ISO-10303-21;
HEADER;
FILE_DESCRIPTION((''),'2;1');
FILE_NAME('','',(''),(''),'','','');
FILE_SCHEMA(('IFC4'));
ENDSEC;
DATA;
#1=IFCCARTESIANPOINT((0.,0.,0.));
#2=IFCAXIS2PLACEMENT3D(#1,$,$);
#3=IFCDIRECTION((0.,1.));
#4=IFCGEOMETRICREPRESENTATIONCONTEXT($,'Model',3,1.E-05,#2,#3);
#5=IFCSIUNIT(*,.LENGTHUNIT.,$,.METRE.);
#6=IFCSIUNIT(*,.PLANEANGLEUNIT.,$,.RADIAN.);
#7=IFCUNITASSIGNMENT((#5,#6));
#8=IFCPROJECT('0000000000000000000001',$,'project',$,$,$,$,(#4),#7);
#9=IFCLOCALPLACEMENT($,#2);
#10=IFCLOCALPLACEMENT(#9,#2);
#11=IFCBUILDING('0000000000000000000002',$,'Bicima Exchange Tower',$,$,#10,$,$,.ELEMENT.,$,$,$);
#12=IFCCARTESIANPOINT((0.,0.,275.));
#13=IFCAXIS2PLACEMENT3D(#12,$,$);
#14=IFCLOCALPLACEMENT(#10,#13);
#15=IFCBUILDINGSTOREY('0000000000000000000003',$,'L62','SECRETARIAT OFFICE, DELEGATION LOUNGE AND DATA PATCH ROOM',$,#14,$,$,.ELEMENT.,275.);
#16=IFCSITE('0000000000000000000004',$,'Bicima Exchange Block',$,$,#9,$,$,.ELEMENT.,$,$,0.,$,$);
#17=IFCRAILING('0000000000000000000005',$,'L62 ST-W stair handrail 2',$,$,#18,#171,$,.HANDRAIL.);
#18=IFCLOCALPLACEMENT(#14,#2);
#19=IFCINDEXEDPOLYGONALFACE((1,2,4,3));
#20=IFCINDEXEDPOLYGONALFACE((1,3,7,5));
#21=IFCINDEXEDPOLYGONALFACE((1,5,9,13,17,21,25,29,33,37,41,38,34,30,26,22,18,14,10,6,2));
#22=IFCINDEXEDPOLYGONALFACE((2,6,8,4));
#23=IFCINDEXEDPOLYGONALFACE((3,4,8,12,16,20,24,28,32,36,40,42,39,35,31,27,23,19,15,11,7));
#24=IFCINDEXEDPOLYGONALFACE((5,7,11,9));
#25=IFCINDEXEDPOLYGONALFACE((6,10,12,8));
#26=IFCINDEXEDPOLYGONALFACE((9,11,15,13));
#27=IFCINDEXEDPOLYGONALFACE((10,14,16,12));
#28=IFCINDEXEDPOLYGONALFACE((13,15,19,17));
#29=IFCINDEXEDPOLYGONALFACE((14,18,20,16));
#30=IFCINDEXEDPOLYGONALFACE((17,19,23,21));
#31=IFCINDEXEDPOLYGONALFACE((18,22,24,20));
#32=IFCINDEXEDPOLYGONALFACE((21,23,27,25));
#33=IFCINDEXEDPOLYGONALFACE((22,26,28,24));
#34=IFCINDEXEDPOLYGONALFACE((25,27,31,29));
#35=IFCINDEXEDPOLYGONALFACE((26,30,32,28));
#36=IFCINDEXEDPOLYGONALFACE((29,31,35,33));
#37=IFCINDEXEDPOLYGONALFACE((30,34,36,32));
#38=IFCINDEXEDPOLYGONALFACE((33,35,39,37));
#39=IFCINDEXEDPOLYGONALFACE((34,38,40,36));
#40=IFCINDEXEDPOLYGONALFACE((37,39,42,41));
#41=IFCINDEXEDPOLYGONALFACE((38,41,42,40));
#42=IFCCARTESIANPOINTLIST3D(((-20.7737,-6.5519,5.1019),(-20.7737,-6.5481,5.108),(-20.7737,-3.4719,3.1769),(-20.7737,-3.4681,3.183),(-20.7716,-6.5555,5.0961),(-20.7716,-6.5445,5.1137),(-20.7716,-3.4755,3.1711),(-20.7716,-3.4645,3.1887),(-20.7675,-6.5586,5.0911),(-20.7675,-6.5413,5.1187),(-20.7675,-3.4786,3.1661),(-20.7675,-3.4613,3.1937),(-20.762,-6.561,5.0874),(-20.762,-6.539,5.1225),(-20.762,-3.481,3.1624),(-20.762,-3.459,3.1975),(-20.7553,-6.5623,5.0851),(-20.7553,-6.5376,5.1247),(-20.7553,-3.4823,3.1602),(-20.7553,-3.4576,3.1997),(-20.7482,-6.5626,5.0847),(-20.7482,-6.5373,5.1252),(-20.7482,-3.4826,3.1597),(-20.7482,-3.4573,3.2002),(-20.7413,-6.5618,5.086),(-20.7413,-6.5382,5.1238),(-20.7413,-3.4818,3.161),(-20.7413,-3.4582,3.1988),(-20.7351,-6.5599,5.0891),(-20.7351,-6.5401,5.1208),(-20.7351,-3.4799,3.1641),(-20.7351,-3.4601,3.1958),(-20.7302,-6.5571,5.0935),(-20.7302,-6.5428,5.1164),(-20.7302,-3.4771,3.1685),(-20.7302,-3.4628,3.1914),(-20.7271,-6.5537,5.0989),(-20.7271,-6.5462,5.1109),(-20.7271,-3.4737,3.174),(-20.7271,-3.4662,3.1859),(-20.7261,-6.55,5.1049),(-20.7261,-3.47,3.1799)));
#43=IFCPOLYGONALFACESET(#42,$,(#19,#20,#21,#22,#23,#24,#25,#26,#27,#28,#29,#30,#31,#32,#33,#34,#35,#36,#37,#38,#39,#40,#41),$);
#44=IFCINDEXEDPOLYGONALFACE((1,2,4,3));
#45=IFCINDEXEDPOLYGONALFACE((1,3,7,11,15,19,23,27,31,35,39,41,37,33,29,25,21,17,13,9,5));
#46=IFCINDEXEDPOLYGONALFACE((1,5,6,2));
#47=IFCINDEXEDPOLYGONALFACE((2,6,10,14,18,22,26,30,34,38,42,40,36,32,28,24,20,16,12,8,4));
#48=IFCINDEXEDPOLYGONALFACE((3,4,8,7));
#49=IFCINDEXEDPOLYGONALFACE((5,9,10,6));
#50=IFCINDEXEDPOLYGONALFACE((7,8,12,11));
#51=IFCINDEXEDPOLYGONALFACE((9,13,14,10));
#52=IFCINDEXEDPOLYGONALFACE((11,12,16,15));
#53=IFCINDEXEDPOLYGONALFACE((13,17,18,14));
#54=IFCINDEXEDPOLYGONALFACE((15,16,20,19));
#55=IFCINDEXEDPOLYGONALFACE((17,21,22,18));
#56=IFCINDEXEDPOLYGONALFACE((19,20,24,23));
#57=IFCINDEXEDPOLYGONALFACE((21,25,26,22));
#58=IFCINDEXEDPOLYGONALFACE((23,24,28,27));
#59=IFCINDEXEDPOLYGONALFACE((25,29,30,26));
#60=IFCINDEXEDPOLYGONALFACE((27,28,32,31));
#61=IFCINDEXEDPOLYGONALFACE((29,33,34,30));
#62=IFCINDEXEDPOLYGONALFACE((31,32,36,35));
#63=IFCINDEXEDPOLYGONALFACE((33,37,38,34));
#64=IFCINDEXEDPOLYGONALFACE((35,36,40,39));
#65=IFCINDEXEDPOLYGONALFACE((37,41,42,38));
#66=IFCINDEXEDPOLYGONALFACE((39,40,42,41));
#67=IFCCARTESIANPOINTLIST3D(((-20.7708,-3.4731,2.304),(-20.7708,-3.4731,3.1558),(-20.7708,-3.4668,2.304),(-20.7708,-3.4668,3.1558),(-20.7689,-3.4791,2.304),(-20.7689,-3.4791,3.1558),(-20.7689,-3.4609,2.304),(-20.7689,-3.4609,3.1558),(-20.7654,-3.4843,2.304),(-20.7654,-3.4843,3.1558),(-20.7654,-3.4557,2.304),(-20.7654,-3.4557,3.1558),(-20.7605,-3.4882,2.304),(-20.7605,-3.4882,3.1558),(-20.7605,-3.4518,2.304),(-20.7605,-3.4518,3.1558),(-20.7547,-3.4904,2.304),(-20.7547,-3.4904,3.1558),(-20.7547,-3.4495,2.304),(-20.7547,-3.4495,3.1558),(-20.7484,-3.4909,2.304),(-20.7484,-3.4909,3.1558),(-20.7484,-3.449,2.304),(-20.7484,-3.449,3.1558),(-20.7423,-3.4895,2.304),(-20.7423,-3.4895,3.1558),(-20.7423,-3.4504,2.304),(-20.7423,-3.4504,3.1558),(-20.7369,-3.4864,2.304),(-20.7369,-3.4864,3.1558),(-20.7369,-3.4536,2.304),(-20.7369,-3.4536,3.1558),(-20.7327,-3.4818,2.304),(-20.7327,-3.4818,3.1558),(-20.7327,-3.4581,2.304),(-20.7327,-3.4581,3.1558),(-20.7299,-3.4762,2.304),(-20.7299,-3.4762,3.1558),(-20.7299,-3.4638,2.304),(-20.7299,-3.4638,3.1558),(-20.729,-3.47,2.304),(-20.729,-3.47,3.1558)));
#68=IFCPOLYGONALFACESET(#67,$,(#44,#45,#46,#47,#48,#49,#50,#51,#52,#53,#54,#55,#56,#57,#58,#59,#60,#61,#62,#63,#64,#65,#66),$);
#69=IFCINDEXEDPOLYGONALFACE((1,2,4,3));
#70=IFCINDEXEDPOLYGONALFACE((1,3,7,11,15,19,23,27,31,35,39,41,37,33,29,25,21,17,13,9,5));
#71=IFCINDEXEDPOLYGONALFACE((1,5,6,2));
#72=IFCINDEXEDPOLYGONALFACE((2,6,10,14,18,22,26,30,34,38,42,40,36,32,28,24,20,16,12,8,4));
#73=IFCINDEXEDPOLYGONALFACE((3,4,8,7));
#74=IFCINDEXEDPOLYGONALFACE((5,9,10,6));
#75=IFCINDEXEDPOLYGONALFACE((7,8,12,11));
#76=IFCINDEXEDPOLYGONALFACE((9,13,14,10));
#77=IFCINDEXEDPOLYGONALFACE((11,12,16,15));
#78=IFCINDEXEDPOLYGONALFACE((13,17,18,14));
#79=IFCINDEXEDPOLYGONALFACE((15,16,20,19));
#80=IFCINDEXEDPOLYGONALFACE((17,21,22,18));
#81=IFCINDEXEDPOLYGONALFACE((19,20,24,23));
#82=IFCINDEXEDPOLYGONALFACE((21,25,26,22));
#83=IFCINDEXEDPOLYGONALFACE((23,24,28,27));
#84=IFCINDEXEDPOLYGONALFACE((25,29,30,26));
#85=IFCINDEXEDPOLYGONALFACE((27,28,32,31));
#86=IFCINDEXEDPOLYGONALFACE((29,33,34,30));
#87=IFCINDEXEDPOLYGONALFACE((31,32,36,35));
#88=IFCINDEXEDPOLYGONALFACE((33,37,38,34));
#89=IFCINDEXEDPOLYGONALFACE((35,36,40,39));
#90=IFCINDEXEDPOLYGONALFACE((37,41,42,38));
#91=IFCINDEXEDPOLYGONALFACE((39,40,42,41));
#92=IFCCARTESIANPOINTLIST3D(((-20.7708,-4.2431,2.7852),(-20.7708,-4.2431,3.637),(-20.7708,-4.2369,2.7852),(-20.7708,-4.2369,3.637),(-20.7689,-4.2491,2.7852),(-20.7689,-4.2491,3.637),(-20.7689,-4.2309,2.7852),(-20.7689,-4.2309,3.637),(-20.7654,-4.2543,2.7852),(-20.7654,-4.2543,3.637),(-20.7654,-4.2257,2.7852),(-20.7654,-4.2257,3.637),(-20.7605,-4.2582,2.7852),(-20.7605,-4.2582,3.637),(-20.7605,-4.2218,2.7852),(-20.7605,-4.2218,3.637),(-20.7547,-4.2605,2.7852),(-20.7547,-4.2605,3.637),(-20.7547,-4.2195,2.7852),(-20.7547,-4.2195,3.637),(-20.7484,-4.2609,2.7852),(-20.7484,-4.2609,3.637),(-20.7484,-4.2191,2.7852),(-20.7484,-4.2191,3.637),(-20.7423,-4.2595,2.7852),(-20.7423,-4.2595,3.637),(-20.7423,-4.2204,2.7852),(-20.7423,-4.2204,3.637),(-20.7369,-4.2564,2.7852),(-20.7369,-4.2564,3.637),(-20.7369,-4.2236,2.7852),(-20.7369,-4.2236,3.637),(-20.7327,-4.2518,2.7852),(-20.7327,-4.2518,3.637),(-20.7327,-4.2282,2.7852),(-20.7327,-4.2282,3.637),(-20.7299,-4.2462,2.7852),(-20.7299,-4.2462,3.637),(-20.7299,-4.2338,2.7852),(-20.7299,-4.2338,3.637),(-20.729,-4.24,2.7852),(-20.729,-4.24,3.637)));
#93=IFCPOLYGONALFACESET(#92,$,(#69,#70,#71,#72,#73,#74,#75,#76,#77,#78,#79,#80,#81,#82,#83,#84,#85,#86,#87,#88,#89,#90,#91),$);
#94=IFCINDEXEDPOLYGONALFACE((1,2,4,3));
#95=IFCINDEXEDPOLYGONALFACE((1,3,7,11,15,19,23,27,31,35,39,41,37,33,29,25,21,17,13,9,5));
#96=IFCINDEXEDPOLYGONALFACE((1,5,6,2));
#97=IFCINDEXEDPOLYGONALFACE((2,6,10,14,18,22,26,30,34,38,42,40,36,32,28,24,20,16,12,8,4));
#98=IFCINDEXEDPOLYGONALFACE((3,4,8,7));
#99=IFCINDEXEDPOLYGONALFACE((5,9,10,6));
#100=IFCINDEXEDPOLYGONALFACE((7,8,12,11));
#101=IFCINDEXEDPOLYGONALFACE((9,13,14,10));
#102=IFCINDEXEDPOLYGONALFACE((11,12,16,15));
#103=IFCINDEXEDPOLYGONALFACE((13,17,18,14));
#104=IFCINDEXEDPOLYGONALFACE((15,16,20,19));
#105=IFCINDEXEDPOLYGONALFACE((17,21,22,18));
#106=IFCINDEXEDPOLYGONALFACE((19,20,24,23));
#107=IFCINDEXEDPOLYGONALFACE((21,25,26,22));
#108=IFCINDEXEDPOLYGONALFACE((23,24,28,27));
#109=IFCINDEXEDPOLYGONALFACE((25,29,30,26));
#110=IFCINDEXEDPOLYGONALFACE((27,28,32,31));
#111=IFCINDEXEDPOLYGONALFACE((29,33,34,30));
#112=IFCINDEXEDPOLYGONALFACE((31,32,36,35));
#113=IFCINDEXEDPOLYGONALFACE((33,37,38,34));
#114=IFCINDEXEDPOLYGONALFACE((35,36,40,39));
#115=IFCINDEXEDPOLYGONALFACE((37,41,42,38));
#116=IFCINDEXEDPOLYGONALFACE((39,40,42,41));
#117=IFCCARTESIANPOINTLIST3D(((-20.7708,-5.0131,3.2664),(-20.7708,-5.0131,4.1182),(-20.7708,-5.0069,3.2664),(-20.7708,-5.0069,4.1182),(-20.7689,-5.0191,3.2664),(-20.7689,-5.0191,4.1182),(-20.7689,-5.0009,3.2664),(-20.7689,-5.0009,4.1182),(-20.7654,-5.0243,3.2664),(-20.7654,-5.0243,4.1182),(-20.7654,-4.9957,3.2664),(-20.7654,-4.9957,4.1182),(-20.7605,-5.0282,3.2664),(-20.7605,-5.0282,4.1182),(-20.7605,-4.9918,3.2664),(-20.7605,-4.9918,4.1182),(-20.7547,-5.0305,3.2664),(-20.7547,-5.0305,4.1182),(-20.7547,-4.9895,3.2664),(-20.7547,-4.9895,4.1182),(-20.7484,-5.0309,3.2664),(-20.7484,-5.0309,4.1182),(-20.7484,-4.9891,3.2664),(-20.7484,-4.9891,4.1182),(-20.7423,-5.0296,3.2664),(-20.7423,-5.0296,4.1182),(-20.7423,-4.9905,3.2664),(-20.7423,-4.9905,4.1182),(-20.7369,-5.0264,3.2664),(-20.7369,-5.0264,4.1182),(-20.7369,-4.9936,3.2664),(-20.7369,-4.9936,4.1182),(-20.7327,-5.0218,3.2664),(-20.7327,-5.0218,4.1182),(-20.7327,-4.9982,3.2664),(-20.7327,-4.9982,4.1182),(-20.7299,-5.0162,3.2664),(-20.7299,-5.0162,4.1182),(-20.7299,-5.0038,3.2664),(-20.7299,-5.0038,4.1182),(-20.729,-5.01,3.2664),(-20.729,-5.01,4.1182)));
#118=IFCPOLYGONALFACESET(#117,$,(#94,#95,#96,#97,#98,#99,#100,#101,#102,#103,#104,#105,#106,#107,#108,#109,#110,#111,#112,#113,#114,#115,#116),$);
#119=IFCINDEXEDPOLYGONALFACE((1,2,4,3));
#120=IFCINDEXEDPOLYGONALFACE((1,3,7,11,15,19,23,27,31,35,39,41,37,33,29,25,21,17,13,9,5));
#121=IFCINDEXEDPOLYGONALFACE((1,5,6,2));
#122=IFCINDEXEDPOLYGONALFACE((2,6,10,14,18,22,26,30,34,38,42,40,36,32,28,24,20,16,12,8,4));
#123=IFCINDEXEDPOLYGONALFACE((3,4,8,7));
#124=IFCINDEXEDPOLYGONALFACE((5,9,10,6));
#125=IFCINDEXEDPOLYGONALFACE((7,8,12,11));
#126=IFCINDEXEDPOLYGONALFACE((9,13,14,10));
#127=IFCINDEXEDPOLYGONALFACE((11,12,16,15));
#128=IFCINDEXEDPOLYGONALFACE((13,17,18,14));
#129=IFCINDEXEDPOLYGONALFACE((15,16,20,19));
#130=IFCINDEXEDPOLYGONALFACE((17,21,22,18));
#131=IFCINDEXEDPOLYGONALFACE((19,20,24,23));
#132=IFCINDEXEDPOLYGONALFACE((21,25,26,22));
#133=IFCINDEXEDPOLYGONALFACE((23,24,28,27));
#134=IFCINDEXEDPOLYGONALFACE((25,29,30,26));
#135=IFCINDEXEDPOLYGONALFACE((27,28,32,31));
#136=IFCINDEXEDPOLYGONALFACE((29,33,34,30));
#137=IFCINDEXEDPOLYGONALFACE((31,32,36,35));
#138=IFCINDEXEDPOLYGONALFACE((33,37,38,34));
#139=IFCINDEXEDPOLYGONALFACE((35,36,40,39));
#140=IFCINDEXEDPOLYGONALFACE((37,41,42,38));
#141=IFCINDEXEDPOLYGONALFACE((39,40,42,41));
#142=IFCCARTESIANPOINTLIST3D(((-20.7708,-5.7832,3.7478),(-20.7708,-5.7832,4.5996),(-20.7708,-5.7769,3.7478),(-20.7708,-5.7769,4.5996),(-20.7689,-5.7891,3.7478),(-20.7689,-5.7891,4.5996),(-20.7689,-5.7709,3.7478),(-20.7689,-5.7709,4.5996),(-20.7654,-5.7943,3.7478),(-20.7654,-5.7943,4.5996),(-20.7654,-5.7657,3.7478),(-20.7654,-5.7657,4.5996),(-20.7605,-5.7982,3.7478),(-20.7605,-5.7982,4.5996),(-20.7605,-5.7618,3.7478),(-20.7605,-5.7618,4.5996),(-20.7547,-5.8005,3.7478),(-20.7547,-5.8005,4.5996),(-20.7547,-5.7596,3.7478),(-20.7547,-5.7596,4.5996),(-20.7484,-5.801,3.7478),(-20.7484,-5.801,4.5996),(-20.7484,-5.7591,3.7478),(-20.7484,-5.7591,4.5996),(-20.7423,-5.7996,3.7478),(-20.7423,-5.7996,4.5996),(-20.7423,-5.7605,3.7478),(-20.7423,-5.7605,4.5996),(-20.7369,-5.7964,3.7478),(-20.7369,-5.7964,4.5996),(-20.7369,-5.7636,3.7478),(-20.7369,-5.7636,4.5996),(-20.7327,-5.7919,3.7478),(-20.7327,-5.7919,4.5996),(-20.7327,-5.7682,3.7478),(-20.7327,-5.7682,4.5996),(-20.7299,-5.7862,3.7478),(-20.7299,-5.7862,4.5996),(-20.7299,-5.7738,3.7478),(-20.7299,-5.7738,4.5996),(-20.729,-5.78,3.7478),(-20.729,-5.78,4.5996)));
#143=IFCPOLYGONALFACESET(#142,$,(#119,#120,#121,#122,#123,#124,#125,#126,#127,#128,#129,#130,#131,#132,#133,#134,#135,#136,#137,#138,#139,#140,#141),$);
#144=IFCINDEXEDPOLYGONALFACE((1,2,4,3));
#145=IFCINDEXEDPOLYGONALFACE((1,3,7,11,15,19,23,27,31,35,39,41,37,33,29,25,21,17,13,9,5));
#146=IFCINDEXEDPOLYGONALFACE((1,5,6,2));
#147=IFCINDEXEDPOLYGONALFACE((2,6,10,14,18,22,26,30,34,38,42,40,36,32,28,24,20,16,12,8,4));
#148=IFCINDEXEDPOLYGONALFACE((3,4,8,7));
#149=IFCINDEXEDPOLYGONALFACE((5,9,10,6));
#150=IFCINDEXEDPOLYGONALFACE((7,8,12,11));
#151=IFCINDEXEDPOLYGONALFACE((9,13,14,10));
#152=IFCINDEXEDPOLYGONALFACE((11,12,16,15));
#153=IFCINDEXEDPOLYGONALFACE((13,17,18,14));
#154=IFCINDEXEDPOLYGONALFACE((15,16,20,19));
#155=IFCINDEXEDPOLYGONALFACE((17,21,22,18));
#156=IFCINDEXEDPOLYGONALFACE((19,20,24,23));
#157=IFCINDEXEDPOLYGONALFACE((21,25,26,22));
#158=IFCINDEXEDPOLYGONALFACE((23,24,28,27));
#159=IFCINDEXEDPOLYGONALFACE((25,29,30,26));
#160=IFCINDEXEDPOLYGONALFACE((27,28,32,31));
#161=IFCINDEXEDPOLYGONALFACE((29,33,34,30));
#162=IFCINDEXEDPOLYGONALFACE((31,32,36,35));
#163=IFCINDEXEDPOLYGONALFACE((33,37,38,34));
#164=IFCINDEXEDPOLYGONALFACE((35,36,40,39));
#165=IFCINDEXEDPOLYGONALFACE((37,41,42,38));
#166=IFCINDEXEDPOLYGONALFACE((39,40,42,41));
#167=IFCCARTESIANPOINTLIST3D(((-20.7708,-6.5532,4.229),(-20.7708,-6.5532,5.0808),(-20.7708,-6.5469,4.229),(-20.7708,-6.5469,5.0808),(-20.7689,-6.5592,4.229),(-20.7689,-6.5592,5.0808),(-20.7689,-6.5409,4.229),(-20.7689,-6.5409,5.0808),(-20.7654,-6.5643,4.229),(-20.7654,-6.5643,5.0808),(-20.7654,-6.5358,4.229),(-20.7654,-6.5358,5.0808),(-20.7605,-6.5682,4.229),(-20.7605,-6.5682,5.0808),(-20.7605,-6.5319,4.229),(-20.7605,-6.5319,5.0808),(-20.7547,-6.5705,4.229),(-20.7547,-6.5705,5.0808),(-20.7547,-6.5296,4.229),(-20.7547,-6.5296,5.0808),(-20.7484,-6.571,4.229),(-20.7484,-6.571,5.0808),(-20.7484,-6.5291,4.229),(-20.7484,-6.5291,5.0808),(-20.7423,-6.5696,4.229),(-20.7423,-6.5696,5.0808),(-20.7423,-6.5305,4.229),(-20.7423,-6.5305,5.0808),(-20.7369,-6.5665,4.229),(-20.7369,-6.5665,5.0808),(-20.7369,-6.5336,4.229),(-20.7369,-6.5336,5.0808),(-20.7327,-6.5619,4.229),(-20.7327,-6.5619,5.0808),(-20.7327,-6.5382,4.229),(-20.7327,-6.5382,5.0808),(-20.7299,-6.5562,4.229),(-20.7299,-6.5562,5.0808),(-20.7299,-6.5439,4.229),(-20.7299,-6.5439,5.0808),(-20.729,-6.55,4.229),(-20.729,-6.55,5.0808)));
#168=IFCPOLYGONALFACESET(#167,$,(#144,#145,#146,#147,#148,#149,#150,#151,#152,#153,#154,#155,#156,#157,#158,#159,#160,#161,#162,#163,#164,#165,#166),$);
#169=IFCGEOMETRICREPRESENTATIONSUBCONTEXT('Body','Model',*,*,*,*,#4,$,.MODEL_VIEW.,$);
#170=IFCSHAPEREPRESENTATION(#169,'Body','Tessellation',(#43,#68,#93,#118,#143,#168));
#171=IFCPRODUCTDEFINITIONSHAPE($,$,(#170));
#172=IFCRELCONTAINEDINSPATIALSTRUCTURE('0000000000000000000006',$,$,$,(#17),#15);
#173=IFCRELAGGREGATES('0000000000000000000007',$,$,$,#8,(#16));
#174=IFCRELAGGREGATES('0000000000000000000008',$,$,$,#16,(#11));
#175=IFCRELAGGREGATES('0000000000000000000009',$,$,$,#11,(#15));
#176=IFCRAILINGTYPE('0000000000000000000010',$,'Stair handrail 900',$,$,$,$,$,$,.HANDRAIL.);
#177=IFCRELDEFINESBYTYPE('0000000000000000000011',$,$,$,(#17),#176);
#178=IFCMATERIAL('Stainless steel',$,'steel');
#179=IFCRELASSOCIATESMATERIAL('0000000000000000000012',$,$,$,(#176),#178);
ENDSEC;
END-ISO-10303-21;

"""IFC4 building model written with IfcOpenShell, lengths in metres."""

from ifc_helpers import new_model, si_unit, direction, frame, origin, origin_2d, place, context, subcontext, project, spatial, circle, extrude, material, type_object, element, save


model = new_model("IFC4")

# Units and contexts
model_context = context("Model", 3, precision=1e-05, world=origin(), true_north=direction((0.0, 1.0)))
body_context = subcontext(model_context, "Body", "Model", "MODEL_VIEW")
ifc_project = project(units=[si_unit("LENGTHUNIT", "METRE"), si_unit("PLANEANGLEUNIT", "RADIAN")], contexts=[model_context])

# Site, building, storey
site_placement = place(None, origin())
site = spatial("IfcSite", under=ifc_project, at=site_placement, Name="Bicima Exchange Block", CompositionType="ELEMENT", RefElevation=0.0)
building_placement = place(site_placement, origin())
building = spatial("IfcBuilding", under=site, at=building_placement, Name="Bicima Exchange Tower", CompositionType="ELEMENT")
storey_placement = place(building_placement, frame((0.0, 0.0, 275.0)))
storey = spatial("IfcBuildingStorey", under=building, at=storey_placement, Name="L62", Description="SECRETARIAT OFFICE, DELEGATION LOUNGE AND DATA PATCH ROOM", CompositionType="ELEMENT", Elevation=275.0)

# Railing
ifc_material_1 = material(Name="Stainless steel", Category="steel")
railing_type = type_object("IfcRailingType", Name="Stair handrail 900", PredefinedType="HANDRAIL", material=ifc_material_1)
railing_placement = place(storey_placement, frame((-20.75, -3.47, 2.304)))
element("IfcRailing", 1, at=railing_placement, inside=storey, type_object=railing_type, Name="L62 ST-W stair handrail 2", PredefinedType="HANDRAIL", context=body_context, shape_type="SweptSolid", body=[
    extrude(circle(Radius=0.0239, at=origin_2d()), frame((0.0, 0.0, 0.876), z_axis=(0.0, -0.847998, 0.529999), x_axis=(1.0, 0.0, 0.0)), (0.0, 0.0, 1.0), 3.6321),
    extrude(circle(Radius=0.021, at=origin_2d()), origin(), (0.0, 0.0, 1.0), 0.8518),
    extrude(circle(Radius=0.021, at=origin_2d()), frame((0.0, -0.77, 0.4812)), (0.0, 0.0, 1.0), 0.8518),
    extrude(circle(Radius=0.021, at=origin_2d()), frame((0.0, -1.54, 0.9624)), (0.0, 0.0, 1.0), 0.8518),
    extrude(circle(Radius=0.021, at=origin_2d()), frame((0.0, -2.3101, 1.4438)), (0.0, 0.0, 1.0), 0.8518),
    extrude(circle(Radius=0.021, at=origin_2d()), frame((0.0, -3.0801, 1.925)), (0.0, 0.0, 1.0), 0.8518),
])

save(model, "model.ifc")
